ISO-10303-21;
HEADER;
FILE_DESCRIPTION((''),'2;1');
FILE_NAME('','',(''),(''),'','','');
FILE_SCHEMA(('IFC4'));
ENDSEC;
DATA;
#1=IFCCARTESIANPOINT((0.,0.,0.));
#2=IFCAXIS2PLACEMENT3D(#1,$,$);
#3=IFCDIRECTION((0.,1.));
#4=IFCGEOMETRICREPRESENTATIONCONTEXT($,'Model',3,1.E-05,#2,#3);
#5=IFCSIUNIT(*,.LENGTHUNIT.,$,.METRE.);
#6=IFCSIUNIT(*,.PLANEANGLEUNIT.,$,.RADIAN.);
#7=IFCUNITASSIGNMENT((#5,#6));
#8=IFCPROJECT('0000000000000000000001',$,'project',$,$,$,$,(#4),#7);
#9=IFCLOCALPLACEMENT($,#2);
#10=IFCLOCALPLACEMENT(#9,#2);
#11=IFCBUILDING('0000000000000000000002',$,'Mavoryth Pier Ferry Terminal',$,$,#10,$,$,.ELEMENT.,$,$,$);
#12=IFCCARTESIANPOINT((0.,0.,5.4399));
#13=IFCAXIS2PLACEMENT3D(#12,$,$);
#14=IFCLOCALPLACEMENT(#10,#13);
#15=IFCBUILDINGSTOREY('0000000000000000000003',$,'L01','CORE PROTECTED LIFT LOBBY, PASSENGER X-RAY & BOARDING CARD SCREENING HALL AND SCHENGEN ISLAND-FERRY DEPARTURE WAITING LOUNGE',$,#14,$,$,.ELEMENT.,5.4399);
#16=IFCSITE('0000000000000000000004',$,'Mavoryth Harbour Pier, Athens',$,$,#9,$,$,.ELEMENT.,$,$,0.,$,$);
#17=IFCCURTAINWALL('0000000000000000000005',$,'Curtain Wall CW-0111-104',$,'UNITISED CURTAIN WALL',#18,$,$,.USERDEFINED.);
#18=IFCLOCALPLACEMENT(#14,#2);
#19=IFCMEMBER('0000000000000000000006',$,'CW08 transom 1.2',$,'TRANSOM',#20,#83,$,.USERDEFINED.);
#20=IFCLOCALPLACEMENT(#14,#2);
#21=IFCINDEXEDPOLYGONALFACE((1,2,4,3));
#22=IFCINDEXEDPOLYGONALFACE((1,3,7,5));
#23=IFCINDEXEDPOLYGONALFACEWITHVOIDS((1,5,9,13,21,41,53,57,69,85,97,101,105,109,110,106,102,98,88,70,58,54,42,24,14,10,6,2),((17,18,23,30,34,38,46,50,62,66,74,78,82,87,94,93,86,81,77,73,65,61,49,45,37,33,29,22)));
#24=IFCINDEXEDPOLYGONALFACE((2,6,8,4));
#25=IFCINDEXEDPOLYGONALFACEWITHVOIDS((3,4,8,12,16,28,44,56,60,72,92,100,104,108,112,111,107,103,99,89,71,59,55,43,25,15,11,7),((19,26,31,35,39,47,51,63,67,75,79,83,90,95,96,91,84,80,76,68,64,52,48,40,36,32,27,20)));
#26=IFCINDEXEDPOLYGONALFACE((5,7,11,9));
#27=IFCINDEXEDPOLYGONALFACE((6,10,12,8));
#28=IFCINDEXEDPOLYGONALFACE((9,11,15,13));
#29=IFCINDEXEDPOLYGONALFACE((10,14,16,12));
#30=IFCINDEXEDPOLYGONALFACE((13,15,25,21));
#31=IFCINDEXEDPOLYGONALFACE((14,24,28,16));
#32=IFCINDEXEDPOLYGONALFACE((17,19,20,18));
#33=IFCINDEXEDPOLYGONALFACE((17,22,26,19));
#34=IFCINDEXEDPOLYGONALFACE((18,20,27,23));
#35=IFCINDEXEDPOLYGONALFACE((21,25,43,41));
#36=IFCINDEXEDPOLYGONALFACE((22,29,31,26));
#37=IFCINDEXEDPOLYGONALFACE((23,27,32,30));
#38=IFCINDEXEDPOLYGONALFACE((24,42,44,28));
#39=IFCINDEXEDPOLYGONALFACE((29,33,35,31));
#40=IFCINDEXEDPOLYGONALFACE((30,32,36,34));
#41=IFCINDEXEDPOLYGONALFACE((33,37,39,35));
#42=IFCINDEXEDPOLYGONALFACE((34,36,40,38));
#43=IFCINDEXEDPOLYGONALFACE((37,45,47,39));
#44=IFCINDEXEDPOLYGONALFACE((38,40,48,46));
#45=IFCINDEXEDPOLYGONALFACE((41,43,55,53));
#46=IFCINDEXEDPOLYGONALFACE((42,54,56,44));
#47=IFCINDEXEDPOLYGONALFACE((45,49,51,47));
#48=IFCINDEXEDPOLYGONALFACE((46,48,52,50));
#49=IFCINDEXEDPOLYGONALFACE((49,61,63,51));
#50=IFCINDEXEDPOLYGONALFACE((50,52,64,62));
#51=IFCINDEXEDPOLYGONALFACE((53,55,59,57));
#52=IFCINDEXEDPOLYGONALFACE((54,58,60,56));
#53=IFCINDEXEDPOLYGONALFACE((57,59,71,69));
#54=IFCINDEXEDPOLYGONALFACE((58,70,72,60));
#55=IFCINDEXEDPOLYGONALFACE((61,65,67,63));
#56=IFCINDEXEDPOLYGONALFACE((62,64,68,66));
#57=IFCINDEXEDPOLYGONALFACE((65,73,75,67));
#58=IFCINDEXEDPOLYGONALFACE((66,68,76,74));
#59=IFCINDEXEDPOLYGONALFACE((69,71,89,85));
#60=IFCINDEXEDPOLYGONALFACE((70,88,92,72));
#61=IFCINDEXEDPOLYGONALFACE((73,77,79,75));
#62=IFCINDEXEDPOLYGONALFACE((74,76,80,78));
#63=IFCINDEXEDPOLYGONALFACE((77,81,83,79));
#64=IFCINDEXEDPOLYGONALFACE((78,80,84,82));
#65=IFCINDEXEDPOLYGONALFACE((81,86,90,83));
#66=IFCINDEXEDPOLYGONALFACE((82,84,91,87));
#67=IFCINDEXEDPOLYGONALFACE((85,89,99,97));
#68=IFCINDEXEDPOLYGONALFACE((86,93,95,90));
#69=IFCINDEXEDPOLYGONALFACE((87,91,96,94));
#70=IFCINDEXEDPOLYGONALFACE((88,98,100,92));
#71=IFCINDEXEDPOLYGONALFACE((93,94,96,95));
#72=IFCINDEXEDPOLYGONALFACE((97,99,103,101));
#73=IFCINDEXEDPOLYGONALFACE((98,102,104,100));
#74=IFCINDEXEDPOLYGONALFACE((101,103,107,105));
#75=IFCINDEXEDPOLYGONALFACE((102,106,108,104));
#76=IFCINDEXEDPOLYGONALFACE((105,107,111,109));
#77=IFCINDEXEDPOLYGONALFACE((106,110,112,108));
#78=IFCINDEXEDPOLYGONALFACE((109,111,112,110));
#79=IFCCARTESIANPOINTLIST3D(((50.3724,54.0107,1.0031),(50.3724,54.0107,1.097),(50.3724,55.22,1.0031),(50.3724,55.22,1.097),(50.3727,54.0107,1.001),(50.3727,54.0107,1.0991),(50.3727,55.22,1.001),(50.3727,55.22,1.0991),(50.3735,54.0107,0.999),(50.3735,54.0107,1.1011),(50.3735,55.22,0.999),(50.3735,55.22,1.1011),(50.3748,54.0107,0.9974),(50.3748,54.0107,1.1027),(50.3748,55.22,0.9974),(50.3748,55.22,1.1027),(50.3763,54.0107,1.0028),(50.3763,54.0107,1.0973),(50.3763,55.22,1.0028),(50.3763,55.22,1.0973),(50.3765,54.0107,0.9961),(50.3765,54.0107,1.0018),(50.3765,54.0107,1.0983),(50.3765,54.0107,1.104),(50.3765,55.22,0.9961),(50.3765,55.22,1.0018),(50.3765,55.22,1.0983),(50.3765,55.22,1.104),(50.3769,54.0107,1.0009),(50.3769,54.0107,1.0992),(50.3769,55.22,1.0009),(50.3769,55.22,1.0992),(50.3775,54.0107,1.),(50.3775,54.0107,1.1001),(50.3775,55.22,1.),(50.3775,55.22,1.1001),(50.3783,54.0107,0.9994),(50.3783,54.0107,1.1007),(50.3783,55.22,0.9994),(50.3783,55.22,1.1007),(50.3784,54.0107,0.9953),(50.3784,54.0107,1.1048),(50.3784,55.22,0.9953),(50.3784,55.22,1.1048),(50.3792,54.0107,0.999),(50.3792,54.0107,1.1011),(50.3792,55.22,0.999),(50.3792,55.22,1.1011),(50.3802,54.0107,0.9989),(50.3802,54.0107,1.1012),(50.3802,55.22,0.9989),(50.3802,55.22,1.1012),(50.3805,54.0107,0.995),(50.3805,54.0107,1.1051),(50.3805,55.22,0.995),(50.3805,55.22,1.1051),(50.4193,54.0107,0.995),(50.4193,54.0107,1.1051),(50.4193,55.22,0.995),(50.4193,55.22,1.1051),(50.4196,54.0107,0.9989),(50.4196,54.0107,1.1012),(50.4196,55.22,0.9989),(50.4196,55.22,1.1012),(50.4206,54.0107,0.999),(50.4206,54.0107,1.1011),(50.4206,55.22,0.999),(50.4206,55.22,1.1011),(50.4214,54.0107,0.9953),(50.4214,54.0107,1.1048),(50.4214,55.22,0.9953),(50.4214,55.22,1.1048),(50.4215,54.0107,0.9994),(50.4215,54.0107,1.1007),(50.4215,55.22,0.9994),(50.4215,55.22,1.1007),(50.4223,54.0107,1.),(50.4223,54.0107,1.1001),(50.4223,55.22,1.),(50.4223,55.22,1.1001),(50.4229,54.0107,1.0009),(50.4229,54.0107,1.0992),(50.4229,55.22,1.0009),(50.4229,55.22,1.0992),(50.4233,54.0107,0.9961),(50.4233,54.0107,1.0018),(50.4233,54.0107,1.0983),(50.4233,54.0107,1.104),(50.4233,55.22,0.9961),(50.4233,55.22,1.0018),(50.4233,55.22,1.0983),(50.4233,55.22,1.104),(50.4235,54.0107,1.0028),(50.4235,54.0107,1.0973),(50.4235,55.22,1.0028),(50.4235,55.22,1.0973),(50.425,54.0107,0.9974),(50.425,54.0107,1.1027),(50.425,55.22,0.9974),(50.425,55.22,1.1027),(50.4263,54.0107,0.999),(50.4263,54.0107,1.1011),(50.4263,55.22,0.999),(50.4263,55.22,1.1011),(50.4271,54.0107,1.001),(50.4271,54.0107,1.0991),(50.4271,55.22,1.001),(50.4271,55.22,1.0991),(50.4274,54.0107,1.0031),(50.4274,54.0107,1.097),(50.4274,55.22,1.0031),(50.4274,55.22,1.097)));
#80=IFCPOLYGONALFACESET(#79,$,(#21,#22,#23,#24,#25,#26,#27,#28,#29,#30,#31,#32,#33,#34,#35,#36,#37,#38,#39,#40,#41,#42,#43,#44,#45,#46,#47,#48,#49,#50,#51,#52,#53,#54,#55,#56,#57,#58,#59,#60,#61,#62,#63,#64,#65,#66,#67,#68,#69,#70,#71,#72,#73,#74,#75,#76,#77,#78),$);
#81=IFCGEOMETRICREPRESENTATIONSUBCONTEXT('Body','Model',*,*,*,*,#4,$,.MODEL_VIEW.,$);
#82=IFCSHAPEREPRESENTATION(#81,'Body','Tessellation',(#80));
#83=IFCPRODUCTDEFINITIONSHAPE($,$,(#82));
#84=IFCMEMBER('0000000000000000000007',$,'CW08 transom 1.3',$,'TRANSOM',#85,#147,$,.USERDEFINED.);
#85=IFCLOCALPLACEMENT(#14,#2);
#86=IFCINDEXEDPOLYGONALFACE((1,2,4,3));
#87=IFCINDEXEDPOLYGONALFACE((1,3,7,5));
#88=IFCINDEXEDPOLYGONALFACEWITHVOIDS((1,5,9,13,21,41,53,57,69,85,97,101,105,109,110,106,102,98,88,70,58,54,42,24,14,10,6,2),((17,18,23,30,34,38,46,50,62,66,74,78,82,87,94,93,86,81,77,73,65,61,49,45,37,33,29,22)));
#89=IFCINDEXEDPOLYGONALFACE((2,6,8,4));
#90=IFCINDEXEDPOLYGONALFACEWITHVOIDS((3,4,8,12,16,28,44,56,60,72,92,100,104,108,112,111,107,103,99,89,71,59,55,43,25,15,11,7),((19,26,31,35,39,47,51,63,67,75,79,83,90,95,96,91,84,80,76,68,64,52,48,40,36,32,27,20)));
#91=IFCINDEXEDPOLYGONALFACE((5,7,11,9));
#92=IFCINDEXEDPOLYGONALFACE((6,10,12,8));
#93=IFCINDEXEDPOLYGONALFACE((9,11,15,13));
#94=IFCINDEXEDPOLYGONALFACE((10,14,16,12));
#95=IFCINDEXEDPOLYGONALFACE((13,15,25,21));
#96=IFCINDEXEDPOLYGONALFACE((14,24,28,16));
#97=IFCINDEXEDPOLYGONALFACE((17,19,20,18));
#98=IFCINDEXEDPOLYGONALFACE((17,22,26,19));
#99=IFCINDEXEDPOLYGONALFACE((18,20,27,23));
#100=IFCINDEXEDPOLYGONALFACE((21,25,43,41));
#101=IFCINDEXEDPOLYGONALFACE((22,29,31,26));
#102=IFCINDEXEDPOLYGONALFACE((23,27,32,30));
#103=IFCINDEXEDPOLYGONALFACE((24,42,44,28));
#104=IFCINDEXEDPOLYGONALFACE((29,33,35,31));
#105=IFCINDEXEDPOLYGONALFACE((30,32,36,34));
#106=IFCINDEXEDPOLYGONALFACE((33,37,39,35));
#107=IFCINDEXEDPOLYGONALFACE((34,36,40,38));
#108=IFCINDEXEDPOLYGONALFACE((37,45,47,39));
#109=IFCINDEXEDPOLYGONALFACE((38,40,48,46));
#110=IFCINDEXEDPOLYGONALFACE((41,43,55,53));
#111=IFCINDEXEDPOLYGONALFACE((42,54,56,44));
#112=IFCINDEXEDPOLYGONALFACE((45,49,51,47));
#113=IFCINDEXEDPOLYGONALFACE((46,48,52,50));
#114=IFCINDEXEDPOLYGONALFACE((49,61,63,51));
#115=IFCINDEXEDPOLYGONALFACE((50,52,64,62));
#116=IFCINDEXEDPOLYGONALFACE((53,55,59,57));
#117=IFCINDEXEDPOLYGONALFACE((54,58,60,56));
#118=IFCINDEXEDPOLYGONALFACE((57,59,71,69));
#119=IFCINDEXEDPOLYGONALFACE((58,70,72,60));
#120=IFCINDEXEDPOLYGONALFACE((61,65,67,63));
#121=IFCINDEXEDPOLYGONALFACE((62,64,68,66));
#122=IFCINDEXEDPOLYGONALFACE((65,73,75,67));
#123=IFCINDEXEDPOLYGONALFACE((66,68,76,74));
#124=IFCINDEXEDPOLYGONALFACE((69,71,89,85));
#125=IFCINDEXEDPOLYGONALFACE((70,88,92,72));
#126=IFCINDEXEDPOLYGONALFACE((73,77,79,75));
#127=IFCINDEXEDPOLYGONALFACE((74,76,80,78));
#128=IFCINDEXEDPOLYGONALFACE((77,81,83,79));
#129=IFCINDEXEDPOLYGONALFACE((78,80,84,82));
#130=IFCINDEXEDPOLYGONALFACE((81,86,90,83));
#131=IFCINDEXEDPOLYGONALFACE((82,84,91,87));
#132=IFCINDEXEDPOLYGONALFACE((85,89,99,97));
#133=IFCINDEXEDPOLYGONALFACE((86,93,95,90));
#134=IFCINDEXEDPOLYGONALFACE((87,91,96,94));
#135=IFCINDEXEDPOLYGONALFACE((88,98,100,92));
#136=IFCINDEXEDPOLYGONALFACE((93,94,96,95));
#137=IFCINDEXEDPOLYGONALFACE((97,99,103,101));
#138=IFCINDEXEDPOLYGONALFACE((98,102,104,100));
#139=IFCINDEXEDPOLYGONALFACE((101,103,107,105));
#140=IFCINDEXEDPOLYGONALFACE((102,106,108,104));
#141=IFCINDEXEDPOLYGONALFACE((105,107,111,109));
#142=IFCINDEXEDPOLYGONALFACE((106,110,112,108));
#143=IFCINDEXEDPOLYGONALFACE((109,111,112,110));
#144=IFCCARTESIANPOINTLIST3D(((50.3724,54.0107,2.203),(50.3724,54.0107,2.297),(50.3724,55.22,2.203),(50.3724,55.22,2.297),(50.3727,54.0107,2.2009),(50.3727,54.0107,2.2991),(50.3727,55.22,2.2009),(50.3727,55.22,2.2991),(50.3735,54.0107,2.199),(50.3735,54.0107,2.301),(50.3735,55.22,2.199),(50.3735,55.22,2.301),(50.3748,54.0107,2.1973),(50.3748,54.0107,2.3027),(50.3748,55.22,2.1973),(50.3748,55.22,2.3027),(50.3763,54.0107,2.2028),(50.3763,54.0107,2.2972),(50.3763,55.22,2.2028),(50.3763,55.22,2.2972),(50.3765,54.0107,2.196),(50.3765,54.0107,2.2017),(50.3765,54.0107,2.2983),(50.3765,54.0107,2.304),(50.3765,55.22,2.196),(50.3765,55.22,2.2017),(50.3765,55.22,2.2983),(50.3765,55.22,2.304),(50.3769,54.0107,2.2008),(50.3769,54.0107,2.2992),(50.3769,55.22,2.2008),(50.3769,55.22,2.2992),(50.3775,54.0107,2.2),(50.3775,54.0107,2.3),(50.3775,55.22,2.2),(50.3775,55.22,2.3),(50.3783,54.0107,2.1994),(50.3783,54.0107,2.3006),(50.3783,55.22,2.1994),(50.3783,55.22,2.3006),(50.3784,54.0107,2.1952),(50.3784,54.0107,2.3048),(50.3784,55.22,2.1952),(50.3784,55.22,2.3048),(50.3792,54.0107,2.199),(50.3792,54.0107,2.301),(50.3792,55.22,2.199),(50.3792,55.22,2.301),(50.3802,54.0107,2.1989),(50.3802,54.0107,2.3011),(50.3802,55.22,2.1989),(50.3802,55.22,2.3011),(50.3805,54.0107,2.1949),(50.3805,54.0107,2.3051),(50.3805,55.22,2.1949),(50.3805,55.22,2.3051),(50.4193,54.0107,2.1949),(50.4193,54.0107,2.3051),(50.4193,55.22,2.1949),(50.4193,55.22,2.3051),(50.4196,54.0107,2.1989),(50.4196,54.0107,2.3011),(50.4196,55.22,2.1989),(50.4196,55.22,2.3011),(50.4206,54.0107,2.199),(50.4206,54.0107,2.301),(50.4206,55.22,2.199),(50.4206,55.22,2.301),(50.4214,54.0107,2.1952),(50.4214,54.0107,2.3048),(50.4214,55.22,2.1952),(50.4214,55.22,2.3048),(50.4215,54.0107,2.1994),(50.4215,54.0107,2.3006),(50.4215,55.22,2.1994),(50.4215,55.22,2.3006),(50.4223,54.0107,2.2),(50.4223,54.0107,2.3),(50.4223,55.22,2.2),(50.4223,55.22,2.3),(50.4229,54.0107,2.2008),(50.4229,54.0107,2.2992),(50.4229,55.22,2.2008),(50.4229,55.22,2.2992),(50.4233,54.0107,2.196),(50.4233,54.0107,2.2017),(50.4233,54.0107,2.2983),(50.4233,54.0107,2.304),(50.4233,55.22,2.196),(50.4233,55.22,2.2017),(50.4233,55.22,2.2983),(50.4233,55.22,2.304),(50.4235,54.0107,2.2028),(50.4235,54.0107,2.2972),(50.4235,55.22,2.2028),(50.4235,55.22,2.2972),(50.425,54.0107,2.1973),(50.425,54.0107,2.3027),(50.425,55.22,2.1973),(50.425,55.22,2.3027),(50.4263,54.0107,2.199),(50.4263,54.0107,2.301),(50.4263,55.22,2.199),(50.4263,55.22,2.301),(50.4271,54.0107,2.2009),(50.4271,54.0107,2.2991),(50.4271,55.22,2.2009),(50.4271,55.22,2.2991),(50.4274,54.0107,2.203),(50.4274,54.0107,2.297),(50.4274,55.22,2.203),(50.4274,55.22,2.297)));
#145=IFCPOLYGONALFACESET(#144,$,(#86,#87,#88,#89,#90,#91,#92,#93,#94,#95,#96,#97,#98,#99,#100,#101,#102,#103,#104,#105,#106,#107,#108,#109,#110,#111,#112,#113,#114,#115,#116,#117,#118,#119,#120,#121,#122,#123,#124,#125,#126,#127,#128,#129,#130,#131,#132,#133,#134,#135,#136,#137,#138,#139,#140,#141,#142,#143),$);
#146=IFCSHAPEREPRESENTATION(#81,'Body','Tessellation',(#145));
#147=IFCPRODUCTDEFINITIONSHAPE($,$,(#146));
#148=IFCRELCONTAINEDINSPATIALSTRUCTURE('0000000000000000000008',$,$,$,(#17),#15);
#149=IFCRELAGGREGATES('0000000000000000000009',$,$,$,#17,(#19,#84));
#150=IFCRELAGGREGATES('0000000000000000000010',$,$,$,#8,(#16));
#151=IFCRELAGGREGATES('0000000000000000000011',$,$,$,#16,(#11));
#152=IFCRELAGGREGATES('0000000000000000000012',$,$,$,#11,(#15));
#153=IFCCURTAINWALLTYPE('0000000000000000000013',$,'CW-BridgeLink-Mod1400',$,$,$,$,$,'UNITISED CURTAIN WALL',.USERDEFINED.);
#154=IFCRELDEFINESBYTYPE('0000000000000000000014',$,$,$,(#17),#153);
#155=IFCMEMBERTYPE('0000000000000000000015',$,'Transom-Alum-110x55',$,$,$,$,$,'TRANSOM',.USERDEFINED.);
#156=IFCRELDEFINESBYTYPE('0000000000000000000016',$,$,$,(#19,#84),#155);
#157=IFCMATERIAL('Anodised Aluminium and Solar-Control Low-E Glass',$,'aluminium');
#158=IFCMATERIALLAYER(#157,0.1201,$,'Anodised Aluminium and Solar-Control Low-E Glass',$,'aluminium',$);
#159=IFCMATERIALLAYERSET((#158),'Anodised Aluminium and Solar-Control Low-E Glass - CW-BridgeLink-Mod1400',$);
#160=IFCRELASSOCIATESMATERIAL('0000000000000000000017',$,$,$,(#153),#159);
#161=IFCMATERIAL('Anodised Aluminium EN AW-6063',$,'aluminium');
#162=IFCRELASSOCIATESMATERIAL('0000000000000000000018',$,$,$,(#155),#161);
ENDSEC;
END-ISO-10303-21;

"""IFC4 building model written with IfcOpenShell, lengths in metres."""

from ifc_helpers import new_model, si_unit, direction, frame, origin, origin_2d, place, context, subcontext, project, spatial, hollow_rectangle, extrude, material, layer, layer_set, material_profile, profile_set, type_object, element, aggregate, save


model = new_model("IFC4")

# Units and contexts
model_context = context("Model", 3, precision=1e-05, world=origin(), true_north=direction((0.0, 1.0)))
body_context = subcontext(model_context, "Body", "Model", "MODEL_VIEW")
ifc_project = project(units=[si_unit("LENGTHUNIT", "METRE"), si_unit("PLANEANGLEUNIT", "RADIAN")], contexts=[model_context])

# Site, building, storey
site_placement = place(None, origin())
site = spatial("IfcSite", under=ifc_project, at=site_placement, Name="Mavoryth Harbour Pier, Athens", CompositionType="ELEMENT", RefElevation=0.0)
building_placement = place(site_placement, origin())
building = spatial("IfcBuilding", under=site, at=building_placement, Name="Mavoryth Pier Ferry Terminal", CompositionType="ELEMENT")
storey_placement = place(building_placement, frame((0.0, 0.0, 5.4399)))
storey = spatial("IfcBuildingStorey", under=building, at=storey_placement, Name="L01", Description="CORE PROTECTED LIFT LOBBY, PASSENGER X-RAY & BOARDING CARD SCREENING HALL AND SCHENGEN ISLAND-FERRY DEPARTURE WAITING LOUNGE", CompositionType="ELEMENT", Elevation=5.4399)

# Curtain wall
ifc_material_1 = material(Name="Anodised Aluminium and Solar-Control Low-E Glass", Category="aluminium")
ifc_layer_1 = layer(ifc_material_1, 0.1201, Name="Anodised Aluminium and Solar-Control Low-E Glass", Category="aluminium")
ifc_layer_set_1 = layer_set([ifc_layer_1], Name="Anodised Aluminium and Solar-Control Low-E Glass - CW-BridgeLink-Mod1400")
curtain_wall_type = type_object("IfcCurtainWallType", Name="CW-BridgeLink-Mod1400", ElementType="UNITISED CURTAIN WALL", PredefinedType="USERDEFINED", material=ifc_layer_set_1)
curtain_wall_1_placement = place(storey_placement, origin())
curtain_wall_1 = element("IfcCurtainWall", 1, at=curtain_wall_1_placement, inside=storey, type_object=curtain_wall_type, Name="Curtain Wall CW-0111-104", ObjectType="UNITISED CURTAIN WALL", PredefinedType="USERDEFINED")
ifc_material_2 = material(Name="Anodised Aluminium EN AW-6063", Category="aluminium")

# Members
ifc_material_profile_1 = material_profile(ifc_material_2, hollow_rectangle(XDim=0.0549, YDim=0.1101, WallThickness=0.0039, InnerFilletRadius=0.0039, OuterFilletRadius=0.0081, at=origin_2d()), Name="AL-TRAN 110x55x4", Category="aluminium")
ifc_profile_set_1 = profile_set([ifc_material_profile_1], Name="Anodised Aluminium EN AW-6063 - AL-TRAN 110x55x4")
member_type_1 = type_object("IfcMemberType", Name="Transom-Alum-110x55", ElementType="TRANSOM", PredefinedType="USERDEFINED", material=ifc_profile_set_1)
member_1_placement = place(storey_placement, frame((50.3999, 55.22, 1.05), z_axis=(0.0, -1.0, 0.0), x_axis=(1.0, 0.0, 0.0)))
member_1 = element("IfcMember", 2, at=member_1_placement, type_object=member_type_1, Name="CW08 transom 1.2", ObjectType="TRANSOM", PredefinedType="USERDEFINED", context=body_context, shape_type="SweptSolid", body=[
    extrude(hollow_rectangle(XDim=0.0549, YDim=0.1101, WallThickness=0.0039, InnerFilletRadius=0.0039, OuterFilletRadius=0.0081, at=origin_2d()), origin(), (0.0, 0.0, 1.0), 1.2092),
])
member_2_placement = place(storey_placement, frame((50.3999, 55.22, 2.25), z_axis=(0.0, -1.0, 0.0), x_axis=(1.0, 0.0, 0.0)))
member_2 = element("IfcMember", 3, at=member_2_placement, type_object=member_type_1, Name="CW08 transom 1.3", ObjectType="TRANSOM", PredefinedType="USERDEFINED", context=body_context, shape_type="SweptSolid", body=[
    extrude(hollow_rectangle(XDim=0.0549, YDim=0.1101, WallThickness=0.0039, InnerFilletRadius=0.0039, OuterFilletRadius=0.0081, at=origin_2d()), origin(), (0.0, 0.0, 1.0), 1.2092),
])

aggregate(curtain_wall_1, [member_1, member_2])

save(model, "model.ifc")
